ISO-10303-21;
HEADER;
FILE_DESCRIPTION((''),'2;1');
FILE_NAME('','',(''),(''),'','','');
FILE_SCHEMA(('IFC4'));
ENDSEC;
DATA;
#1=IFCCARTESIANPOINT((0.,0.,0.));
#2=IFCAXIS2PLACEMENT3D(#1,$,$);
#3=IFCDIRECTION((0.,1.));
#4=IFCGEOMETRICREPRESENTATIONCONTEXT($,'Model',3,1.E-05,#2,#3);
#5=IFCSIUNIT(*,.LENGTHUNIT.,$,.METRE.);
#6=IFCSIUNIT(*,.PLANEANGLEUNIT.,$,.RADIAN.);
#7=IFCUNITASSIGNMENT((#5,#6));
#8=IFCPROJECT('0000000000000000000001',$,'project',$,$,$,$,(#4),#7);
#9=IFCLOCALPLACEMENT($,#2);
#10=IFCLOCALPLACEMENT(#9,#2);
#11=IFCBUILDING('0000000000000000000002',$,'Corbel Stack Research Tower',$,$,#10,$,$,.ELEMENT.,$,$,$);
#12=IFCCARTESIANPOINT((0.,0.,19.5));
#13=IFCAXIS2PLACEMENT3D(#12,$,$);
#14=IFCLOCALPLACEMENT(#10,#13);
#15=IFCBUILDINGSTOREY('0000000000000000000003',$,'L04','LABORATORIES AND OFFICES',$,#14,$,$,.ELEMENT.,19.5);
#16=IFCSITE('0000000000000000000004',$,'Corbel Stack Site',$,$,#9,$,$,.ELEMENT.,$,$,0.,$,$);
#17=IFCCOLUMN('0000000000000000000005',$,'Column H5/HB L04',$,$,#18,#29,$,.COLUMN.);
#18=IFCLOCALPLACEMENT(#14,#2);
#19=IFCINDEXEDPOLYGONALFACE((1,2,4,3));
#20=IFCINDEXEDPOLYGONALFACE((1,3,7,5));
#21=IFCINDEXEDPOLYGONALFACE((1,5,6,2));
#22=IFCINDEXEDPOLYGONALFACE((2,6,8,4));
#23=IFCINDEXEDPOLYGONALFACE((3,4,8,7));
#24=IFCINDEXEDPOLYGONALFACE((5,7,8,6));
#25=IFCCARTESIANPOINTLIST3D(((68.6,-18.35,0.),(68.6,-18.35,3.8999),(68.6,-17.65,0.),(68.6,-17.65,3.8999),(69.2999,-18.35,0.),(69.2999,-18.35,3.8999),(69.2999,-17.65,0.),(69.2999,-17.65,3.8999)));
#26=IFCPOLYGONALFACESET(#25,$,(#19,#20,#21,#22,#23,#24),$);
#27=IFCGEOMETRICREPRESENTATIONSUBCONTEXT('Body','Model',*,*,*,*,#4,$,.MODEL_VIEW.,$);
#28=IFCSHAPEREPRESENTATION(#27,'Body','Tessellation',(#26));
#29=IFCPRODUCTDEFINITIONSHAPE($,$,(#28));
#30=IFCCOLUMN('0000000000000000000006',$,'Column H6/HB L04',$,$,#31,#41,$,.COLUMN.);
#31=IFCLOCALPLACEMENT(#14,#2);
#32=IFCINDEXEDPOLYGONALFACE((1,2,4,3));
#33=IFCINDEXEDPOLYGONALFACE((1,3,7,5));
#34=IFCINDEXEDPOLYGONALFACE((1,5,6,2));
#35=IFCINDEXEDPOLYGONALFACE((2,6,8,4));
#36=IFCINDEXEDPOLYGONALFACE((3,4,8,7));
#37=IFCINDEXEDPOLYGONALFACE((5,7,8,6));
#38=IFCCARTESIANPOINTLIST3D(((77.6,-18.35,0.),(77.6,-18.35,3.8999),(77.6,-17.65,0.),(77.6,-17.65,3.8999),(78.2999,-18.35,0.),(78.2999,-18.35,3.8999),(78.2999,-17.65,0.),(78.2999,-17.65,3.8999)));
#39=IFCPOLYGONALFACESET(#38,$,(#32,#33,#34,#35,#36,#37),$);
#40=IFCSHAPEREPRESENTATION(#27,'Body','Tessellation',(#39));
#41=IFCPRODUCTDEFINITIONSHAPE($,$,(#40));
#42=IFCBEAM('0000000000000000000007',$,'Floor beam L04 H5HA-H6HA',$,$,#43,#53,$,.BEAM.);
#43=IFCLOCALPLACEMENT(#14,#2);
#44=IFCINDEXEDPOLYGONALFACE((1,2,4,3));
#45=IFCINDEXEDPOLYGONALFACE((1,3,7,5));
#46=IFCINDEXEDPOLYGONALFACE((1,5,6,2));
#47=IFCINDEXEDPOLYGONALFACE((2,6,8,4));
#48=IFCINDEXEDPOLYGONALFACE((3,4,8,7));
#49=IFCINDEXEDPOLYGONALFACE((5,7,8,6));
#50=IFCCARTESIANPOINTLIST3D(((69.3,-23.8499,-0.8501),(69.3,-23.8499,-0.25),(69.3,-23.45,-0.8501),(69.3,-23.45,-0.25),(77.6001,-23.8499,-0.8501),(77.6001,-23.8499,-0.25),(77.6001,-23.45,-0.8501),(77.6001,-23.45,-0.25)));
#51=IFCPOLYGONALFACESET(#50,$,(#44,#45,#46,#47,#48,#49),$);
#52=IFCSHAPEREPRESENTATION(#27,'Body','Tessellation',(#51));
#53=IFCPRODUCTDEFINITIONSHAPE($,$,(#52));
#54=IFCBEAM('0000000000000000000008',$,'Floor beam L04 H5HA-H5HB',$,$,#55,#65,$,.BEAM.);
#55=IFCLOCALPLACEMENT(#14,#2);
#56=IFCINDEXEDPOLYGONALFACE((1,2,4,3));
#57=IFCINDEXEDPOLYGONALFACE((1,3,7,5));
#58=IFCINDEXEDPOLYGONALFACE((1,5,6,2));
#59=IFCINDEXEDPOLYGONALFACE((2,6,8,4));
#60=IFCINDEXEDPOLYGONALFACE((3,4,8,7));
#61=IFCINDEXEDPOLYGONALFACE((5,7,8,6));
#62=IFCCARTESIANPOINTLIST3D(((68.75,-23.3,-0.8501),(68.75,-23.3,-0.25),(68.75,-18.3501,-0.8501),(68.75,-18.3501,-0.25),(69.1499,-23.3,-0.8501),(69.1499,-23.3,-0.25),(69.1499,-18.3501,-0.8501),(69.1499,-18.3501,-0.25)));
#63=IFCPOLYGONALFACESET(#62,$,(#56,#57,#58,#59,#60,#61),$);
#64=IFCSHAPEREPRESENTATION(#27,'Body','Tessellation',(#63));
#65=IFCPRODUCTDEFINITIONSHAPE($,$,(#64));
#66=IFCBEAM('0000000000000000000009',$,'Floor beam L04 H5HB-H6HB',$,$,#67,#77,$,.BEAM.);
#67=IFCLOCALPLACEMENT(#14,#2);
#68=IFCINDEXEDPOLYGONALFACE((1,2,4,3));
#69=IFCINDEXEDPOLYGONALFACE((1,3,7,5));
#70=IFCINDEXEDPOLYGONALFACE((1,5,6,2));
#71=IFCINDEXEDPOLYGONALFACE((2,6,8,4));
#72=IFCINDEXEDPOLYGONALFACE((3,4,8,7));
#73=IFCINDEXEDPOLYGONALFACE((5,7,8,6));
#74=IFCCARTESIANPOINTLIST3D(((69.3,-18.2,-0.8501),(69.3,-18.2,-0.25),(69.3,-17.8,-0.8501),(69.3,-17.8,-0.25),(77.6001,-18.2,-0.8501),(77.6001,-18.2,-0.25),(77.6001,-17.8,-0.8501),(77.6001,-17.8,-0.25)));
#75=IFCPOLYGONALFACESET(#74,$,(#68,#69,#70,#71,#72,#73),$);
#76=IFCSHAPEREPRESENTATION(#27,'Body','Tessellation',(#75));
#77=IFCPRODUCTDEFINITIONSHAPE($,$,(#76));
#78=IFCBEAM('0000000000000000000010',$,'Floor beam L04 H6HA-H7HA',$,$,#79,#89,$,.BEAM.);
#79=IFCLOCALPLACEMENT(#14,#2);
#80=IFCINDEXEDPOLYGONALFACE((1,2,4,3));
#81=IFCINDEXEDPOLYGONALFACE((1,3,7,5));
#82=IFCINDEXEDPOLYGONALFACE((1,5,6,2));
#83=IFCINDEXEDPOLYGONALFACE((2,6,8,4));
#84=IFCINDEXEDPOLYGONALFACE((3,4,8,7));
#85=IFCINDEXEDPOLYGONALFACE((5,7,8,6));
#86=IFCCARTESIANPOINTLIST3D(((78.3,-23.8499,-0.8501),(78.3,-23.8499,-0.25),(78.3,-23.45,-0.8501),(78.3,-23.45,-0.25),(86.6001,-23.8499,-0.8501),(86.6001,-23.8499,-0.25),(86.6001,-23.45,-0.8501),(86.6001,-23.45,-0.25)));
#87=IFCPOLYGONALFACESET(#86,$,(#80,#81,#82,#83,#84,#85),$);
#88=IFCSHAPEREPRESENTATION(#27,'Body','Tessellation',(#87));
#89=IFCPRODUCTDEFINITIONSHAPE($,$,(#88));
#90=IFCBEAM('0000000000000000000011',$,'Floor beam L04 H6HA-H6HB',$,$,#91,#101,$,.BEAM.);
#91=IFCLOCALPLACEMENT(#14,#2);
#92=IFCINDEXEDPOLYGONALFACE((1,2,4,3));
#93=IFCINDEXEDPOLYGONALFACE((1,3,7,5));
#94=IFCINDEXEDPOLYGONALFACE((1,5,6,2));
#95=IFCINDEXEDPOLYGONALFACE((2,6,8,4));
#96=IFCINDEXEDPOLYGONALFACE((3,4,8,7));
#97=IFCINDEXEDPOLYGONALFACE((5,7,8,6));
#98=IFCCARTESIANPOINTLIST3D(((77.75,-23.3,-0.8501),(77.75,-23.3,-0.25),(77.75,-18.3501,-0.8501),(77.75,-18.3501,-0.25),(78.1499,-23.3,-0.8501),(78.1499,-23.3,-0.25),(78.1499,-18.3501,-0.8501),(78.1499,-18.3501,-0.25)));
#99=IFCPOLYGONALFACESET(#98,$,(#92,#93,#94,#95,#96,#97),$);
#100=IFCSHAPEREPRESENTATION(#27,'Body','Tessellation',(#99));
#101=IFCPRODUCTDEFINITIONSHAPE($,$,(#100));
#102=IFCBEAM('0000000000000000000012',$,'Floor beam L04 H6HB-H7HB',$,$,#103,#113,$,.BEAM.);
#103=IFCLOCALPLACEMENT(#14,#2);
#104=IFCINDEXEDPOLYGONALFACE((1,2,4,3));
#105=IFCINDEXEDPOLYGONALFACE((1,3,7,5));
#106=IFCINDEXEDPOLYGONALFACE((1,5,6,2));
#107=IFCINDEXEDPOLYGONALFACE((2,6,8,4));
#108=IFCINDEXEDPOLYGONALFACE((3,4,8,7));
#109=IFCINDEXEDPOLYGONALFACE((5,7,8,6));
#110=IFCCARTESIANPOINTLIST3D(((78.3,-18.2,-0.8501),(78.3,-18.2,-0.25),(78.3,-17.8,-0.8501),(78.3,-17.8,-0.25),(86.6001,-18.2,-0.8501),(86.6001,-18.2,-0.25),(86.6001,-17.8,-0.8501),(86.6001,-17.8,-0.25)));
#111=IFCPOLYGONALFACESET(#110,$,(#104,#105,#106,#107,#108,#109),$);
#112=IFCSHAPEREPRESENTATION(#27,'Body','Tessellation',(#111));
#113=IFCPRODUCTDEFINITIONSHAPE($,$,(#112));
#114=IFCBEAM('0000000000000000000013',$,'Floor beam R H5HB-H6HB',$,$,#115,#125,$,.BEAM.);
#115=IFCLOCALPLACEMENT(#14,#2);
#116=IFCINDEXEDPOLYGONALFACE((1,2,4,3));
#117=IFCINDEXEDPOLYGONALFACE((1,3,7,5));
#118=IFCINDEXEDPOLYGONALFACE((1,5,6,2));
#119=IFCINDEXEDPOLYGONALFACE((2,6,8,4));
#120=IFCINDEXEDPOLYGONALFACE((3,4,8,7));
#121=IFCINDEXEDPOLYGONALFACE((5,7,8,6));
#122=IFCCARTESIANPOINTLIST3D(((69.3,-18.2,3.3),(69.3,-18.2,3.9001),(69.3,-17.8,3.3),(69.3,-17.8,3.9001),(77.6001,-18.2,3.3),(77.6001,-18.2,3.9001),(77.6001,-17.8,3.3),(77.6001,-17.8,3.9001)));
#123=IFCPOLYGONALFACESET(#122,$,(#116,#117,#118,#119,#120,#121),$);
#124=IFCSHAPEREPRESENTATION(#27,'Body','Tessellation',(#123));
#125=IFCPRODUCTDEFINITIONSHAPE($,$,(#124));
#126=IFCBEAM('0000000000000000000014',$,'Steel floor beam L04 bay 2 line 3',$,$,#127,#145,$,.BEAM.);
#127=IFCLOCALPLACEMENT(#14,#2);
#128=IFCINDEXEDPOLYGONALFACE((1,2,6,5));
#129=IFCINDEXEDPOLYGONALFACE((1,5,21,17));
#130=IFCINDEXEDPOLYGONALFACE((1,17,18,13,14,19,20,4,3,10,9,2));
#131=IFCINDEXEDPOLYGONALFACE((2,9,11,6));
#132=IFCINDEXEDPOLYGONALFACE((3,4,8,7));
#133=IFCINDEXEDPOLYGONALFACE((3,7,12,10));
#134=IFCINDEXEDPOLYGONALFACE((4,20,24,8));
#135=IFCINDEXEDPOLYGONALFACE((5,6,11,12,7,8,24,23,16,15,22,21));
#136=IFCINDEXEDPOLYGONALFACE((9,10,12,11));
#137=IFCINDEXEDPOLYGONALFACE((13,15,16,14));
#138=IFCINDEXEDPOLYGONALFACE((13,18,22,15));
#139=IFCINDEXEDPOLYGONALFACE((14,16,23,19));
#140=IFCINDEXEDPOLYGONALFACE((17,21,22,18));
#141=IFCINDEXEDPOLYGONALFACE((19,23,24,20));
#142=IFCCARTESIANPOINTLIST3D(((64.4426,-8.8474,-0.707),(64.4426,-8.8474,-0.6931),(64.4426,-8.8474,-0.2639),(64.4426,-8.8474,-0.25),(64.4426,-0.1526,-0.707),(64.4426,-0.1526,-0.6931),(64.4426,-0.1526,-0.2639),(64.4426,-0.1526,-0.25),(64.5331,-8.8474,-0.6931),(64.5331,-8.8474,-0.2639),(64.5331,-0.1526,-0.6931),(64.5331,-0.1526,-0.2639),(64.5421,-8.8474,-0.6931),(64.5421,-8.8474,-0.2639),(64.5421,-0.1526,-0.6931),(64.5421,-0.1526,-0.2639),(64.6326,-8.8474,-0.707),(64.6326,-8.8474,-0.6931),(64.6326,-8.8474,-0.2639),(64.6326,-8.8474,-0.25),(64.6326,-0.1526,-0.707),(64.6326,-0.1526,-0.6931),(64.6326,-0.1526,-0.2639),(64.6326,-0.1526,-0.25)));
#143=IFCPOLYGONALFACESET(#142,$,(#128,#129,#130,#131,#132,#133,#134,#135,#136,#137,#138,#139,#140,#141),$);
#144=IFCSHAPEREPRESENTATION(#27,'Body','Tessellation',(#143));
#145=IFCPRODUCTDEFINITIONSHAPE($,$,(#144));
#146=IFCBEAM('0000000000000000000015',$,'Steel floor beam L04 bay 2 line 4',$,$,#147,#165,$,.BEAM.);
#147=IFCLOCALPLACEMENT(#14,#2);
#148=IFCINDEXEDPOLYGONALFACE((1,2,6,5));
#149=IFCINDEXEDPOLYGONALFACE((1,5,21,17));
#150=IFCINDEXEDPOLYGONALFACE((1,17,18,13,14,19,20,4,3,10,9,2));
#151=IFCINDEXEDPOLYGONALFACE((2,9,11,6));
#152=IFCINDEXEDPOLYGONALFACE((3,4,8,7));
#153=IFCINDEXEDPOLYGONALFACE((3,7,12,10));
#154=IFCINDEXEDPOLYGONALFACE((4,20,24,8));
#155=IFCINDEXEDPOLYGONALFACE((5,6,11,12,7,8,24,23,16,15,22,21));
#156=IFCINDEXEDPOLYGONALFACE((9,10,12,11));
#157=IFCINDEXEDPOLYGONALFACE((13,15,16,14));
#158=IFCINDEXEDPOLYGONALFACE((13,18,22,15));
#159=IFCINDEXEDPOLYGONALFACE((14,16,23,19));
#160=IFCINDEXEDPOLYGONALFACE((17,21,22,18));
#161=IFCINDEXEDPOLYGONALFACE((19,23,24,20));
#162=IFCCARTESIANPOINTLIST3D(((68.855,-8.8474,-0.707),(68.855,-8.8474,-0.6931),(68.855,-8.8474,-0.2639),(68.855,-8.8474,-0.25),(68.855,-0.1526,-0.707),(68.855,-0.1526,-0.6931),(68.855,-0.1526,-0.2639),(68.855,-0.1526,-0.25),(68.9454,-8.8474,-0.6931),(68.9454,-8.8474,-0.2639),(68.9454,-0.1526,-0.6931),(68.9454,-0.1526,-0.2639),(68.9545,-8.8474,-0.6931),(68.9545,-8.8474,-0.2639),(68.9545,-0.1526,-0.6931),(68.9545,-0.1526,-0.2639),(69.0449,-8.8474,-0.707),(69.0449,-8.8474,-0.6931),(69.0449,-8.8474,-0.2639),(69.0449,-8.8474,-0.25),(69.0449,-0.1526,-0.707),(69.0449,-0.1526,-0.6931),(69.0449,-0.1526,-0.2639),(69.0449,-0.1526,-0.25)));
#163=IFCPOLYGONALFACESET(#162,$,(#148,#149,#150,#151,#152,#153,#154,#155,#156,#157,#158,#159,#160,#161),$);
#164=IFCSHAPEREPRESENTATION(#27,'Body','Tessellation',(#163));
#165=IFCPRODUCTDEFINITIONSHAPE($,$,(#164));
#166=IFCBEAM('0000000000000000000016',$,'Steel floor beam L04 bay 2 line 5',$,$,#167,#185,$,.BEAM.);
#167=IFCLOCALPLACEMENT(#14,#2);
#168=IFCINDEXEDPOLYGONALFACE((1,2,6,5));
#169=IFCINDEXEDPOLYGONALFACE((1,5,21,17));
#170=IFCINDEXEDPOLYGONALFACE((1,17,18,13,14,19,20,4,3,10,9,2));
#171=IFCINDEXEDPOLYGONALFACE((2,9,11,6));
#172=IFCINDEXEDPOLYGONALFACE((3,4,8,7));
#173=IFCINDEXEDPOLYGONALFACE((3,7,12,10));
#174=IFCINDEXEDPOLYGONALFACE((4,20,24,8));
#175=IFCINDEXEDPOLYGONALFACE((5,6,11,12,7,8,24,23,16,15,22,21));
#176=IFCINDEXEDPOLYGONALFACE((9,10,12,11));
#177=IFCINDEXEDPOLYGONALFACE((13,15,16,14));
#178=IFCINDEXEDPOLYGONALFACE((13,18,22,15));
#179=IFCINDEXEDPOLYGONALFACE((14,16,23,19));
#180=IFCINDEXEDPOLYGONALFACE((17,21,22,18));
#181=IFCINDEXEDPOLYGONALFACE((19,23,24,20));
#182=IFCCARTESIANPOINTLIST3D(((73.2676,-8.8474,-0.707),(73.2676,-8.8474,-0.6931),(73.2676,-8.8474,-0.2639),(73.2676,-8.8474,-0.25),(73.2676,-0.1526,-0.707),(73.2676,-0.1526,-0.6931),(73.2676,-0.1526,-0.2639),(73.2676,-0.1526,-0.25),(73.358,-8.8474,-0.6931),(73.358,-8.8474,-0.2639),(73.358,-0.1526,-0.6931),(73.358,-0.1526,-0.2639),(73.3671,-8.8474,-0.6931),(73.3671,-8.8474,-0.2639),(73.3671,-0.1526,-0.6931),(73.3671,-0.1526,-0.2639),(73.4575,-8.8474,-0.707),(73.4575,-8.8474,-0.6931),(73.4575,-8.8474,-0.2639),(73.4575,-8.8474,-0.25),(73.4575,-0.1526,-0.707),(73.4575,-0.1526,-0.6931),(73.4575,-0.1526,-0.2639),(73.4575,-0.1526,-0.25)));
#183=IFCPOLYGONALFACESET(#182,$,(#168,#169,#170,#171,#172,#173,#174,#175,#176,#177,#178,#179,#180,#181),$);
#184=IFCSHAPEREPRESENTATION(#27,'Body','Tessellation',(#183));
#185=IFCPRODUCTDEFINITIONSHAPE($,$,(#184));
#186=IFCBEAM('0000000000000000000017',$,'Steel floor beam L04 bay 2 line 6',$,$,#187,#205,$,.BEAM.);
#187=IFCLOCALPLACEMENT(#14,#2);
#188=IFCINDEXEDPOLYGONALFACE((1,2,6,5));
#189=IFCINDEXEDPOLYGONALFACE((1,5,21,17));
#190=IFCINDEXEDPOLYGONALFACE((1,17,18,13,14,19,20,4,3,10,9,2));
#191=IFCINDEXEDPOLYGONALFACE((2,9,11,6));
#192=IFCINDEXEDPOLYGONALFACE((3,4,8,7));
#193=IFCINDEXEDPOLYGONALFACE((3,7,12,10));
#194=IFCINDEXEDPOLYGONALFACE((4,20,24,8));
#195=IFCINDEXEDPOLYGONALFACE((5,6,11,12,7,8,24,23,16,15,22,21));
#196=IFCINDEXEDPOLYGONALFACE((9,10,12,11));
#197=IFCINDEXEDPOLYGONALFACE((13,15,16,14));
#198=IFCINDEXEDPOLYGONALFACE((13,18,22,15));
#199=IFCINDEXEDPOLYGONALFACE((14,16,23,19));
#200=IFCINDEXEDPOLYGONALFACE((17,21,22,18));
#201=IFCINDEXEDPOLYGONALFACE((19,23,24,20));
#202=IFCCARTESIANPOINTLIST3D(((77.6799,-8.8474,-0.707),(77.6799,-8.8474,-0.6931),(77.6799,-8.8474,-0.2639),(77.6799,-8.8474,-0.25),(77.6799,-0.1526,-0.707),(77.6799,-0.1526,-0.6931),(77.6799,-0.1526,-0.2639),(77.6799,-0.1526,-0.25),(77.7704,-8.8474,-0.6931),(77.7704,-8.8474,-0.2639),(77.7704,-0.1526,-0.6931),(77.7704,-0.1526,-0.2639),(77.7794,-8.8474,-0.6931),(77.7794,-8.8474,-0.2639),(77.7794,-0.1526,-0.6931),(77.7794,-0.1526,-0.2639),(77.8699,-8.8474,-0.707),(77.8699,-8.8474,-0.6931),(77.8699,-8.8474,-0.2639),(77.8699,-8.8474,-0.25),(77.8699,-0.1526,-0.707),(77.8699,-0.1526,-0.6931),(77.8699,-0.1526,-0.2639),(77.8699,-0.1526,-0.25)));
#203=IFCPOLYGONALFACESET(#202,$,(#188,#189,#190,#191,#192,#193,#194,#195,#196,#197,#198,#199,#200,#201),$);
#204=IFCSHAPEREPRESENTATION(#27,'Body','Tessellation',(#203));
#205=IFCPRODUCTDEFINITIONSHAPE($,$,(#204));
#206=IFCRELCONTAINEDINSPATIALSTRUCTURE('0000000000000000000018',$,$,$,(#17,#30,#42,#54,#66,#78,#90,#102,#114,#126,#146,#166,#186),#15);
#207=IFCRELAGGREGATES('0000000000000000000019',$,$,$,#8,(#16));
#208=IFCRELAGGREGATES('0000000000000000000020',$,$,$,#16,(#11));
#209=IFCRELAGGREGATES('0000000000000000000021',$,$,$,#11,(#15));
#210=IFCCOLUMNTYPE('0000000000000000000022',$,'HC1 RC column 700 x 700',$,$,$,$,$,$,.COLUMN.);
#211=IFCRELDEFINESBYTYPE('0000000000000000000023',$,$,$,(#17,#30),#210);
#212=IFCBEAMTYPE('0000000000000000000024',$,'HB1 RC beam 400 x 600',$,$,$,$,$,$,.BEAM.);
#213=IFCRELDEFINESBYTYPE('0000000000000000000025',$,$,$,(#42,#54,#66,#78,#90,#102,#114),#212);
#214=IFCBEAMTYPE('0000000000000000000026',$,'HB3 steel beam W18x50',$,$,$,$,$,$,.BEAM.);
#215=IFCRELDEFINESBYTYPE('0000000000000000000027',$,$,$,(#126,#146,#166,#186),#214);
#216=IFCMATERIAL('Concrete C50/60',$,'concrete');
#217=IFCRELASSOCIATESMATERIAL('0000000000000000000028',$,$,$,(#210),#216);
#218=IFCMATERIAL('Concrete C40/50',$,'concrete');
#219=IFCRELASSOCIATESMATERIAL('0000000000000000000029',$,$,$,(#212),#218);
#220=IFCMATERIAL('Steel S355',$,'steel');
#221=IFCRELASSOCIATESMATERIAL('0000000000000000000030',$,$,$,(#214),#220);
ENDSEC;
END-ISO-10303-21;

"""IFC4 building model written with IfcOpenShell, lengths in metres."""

from ifc_helpers import new_model, si_unit, direction, frame, origin, origin_2d, place, context, subcontext, project, spatial, rectangle, i_section, extrude, material, material_profile, profile_set, type_object, element, save


model = new_model("IFC4")

# Units and contexts
model_context = context("Model", 3, precision=1e-05, world=origin(), true_north=direction((0.0, 1.0)))
body_context = subcontext(model_context, "Body", "Model", "MODEL_VIEW")
ifc_project = project(units=[si_unit("LENGTHUNIT", "METRE"), si_unit("PLANEANGLEUNIT", "RADIAN")], contexts=[model_context])

# Site, building, storey
site_placement = place(None, origin())
site = spatial("IfcSite", under=ifc_project, at=site_placement, Name="Corbel Stack Site", CompositionType="ELEMENT", RefElevation=0.0)
building_placement = place(site_placement, origin())
building = spatial("IfcBuilding", under=site, at=building_placement, Name="Corbel Stack Research Tower", CompositionType="ELEMENT")
storey_placement = place(building_placement, frame((0.0, 0.0, 19.5)))
storey = spatial("IfcBuildingStorey", under=building, at=storey_placement, Name="L04", Description="LABORATORIES AND OFFICES", CompositionType="ELEMENT", Elevation=19.5)

# Columns
ifc_material_1 = material(Name="Concrete C50/60", Category="concrete")
ifc_material_profile_1 = material_profile(ifc_material_1, rectangle(XDim=0.7, YDim=0.7, at=origin_2d()), Name="RC 700 x 700")
ifc_profile_set_1 = profile_set([ifc_material_profile_1], Name="Concrete C50/60")
column_type = type_object("IfcColumnType", Name="HC1 RC column 700 x 700", PredefinedType="COLUMN", material=ifc_profile_set_1)
for number, where, z_axis, x_axis, name in (
    (1, (68.95, -18.0, 0.0), (0.0, 0.0, 1.0), (1.0, 0.0, 0.0), "Column H5/HB L04"),
    (2, (77.95, -18.0, 0.0), (0.0, 0.0, 1.0), (1.0, 0.0, 0.0), "Column H6/HB L04"),
):
    element("IfcColumn", number, at=place(storey_placement, frame(where, z_axis=z_axis, x_axis=x_axis)), inside=storey, type_object=column_type, Name=name, PredefinedType="COLUMN", context=body_context, shape_type="SweptSolid", body=[
        extrude(rectangle(XDim=0.7, YDim=0.7, at=origin_2d()), origin(), (0.0, 0.0, 1.0), 3.8999),
    ])

# Beams
ifc_material_2 = material(Name="Concrete C40/50", Category="concrete")
ifc_material_profile_2 = material_profile(ifc_material_2, rectangle(XDim=0.3999, YDim=0.6001, at=origin_2d()), Name="RC 400 x 600")
ifc_profile_set_2 = profile_set([ifc_material_profile_2], Name="Concrete C40/50")
beam_type_1 = type_object("IfcBeamType", Name="HB1 RC beam 400 x 600", PredefinedType="BEAM", material=ifc_profile_set_2)
beam_1_placement = place(storey_placement, frame((69.3, -23.6499, -0.55), z_axis=(1.0, 0.0, 0.0), x_axis=(0.0, 1.0, 0.0)))
element("IfcBeam", 3, at=beam_1_placement, inside=storey, type_object=beam_type_1, Name="Floor beam L04 H5HA-H6HA", PredefinedType="BEAM", context=body_context, shape_type="SweptSolid", body=[
    extrude(rectangle(XDim=0.3999, YDim=0.6001, at=origin_2d()), origin(), (0.0, 0.0, 1.0), 8.3),
])
beam_2_placement = place(storey_placement, frame((68.95, -23.3, -0.55), z_axis=(0.0, 1.0, 0.0), x_axis=(-1.0, 0.0, 0.0)))
element("IfcBeam", 4, at=beam_2_placement, inside=storey, type_object=beam_type_1, Name="Floor beam L04 H5HA-H5HB", PredefinedType="BEAM", context=body_context, shape_type="SweptSolid", body=[
    extrude(rectangle(XDim=0.3999, YDim=0.6001, at=origin_2d()), origin(), (0.0, 0.0, 1.0), 4.95),
])
for number, where, z_axis, x_axis, name in (
    (5, (69.3, -18.0, -0.55), (1.0, 0.0, 0.0), (0.0, 1.0, 0.0), "Floor beam L04 H5HB-H6HB"),
    (6, (78.3, -23.6499, -0.55), (1.0, 0.0, 0.0), (0.0, 1.0, 0.0), "Floor beam L04 H6HA-H7HA"),
):
    element("IfcBeam", number, at=place(storey_placement, frame(where, z_axis=z_axis, x_axis=x_axis)), inside=storey, type_object=beam_type_1, Name=name, PredefinedType="BEAM", context=body_context, shape_type="SweptSolid", body=[
        extrude(rectangle(XDim=0.3999, YDim=0.6001, at=origin_2d()), origin(), (0.0, 0.0, 1.0), 8.3),
    ])
beam_3_placement = place(storey_placement, frame((77.95, -23.3, -0.55), z_axis=(0.0, 1.0, 0.0), x_axis=(-1.0, 0.0, 0.0)))
element("IfcBeam", 7, at=beam_3_placement, inside=storey, type_object=beam_type_1, Name="Floor beam L04 H6HA-H6HB", PredefinedType="BEAM", context=body_context, shape_type="SweptSolid", body=[
    extrude(rectangle(XDim=0.3999, YDim=0.6001, at=origin_2d()), origin(), (0.0, 0.0, 1.0), 4.95),
])
for number, where, z_axis, x_axis, name in (
    (8, (78.3, -18.0, -0.55), (1.0, 0.0, 0.0), (0.0, 1.0, 0.0), "Floor beam L04 H6HB-H7HB"),
    (9, (69.3, -18.0, 3.6001), (1.0, 0.0, 0.0), (0.0, 1.0, 0.0), "Floor beam R H5HB-H6HB"),
):
    element("IfcBeam", number, at=place(storey_placement, frame(where, z_axis=z_axis, x_axis=x_axis)), inside=storey, type_object=beam_type_1, Name=name, PredefinedType="BEAM", context=body_context, shape_type="SweptSolid", body=[
        extrude(rectangle(XDim=0.3999, YDim=0.6001, at=origin_2d()), origin(), (0.0, 0.0, 1.0), 8.3),
    ])
ifc_material_3 = material(Name="Steel S355", Category="steel")
ifc_material_profile_3 = material_profile(ifc_material_3, i_section(OverallWidth=0.1899, OverallDepth=0.457, WebThickness=0.009, FlangeThickness=0.0139, at=origin_2d()), Name="W18x50")
ifc_profile_set_3 = profile_set([ifc_material_profile_3], Name="Steel S355")
beam_type_2 = type_object("IfcBeamType", Name="HB3 steel beam W18x50", PredefinedType="BEAM", material=ifc_profile_set_3)
for number, where, z_axis, x_axis, name in (
    (10, (64.5376, -8.8474, -0.4785), (0.0, 1.0, 0.0), (-1.0, 0.0, 0.0), "Steel floor beam L04 bay 2 line 3"),
    (11, (68.95, -8.8474, -0.4785), (0.0, 1.0, 0.0), (-1.0, 0.0, 0.0), "Steel floor beam L04 bay 2 line 4"),
    (12, (73.3625, -8.8474, -0.4785), (0.0, 1.0, 0.0), (-1.0, 0.0, 0.0), "Steel floor beam L04 bay 2 line 5"),
    (13, (77.7749, -8.8474, -0.4785), (0.0, 1.0, 0.0), (-1.0, 0.0, 0.0), "Steel floor beam L04 bay 2 line 6"),
):
    element("IfcBeam", number, at=place(storey_placement, frame(where, z_axis=z_axis, x_axis=x_axis)), inside=storey, type_object=beam_type_2, Name=name, PredefinedType="BEAM", context=body_context, shape_type="SweptSolid", body=[
        extrude(i_section(OverallWidth=0.1899, OverallDepth=0.457, WebThickness=0.009, FlangeThickness=0.0139, at=origin_2d()), origin(), (0.0, 0.0, 1.0), 8.6948),
    ])

save(model, "model.ifc")
